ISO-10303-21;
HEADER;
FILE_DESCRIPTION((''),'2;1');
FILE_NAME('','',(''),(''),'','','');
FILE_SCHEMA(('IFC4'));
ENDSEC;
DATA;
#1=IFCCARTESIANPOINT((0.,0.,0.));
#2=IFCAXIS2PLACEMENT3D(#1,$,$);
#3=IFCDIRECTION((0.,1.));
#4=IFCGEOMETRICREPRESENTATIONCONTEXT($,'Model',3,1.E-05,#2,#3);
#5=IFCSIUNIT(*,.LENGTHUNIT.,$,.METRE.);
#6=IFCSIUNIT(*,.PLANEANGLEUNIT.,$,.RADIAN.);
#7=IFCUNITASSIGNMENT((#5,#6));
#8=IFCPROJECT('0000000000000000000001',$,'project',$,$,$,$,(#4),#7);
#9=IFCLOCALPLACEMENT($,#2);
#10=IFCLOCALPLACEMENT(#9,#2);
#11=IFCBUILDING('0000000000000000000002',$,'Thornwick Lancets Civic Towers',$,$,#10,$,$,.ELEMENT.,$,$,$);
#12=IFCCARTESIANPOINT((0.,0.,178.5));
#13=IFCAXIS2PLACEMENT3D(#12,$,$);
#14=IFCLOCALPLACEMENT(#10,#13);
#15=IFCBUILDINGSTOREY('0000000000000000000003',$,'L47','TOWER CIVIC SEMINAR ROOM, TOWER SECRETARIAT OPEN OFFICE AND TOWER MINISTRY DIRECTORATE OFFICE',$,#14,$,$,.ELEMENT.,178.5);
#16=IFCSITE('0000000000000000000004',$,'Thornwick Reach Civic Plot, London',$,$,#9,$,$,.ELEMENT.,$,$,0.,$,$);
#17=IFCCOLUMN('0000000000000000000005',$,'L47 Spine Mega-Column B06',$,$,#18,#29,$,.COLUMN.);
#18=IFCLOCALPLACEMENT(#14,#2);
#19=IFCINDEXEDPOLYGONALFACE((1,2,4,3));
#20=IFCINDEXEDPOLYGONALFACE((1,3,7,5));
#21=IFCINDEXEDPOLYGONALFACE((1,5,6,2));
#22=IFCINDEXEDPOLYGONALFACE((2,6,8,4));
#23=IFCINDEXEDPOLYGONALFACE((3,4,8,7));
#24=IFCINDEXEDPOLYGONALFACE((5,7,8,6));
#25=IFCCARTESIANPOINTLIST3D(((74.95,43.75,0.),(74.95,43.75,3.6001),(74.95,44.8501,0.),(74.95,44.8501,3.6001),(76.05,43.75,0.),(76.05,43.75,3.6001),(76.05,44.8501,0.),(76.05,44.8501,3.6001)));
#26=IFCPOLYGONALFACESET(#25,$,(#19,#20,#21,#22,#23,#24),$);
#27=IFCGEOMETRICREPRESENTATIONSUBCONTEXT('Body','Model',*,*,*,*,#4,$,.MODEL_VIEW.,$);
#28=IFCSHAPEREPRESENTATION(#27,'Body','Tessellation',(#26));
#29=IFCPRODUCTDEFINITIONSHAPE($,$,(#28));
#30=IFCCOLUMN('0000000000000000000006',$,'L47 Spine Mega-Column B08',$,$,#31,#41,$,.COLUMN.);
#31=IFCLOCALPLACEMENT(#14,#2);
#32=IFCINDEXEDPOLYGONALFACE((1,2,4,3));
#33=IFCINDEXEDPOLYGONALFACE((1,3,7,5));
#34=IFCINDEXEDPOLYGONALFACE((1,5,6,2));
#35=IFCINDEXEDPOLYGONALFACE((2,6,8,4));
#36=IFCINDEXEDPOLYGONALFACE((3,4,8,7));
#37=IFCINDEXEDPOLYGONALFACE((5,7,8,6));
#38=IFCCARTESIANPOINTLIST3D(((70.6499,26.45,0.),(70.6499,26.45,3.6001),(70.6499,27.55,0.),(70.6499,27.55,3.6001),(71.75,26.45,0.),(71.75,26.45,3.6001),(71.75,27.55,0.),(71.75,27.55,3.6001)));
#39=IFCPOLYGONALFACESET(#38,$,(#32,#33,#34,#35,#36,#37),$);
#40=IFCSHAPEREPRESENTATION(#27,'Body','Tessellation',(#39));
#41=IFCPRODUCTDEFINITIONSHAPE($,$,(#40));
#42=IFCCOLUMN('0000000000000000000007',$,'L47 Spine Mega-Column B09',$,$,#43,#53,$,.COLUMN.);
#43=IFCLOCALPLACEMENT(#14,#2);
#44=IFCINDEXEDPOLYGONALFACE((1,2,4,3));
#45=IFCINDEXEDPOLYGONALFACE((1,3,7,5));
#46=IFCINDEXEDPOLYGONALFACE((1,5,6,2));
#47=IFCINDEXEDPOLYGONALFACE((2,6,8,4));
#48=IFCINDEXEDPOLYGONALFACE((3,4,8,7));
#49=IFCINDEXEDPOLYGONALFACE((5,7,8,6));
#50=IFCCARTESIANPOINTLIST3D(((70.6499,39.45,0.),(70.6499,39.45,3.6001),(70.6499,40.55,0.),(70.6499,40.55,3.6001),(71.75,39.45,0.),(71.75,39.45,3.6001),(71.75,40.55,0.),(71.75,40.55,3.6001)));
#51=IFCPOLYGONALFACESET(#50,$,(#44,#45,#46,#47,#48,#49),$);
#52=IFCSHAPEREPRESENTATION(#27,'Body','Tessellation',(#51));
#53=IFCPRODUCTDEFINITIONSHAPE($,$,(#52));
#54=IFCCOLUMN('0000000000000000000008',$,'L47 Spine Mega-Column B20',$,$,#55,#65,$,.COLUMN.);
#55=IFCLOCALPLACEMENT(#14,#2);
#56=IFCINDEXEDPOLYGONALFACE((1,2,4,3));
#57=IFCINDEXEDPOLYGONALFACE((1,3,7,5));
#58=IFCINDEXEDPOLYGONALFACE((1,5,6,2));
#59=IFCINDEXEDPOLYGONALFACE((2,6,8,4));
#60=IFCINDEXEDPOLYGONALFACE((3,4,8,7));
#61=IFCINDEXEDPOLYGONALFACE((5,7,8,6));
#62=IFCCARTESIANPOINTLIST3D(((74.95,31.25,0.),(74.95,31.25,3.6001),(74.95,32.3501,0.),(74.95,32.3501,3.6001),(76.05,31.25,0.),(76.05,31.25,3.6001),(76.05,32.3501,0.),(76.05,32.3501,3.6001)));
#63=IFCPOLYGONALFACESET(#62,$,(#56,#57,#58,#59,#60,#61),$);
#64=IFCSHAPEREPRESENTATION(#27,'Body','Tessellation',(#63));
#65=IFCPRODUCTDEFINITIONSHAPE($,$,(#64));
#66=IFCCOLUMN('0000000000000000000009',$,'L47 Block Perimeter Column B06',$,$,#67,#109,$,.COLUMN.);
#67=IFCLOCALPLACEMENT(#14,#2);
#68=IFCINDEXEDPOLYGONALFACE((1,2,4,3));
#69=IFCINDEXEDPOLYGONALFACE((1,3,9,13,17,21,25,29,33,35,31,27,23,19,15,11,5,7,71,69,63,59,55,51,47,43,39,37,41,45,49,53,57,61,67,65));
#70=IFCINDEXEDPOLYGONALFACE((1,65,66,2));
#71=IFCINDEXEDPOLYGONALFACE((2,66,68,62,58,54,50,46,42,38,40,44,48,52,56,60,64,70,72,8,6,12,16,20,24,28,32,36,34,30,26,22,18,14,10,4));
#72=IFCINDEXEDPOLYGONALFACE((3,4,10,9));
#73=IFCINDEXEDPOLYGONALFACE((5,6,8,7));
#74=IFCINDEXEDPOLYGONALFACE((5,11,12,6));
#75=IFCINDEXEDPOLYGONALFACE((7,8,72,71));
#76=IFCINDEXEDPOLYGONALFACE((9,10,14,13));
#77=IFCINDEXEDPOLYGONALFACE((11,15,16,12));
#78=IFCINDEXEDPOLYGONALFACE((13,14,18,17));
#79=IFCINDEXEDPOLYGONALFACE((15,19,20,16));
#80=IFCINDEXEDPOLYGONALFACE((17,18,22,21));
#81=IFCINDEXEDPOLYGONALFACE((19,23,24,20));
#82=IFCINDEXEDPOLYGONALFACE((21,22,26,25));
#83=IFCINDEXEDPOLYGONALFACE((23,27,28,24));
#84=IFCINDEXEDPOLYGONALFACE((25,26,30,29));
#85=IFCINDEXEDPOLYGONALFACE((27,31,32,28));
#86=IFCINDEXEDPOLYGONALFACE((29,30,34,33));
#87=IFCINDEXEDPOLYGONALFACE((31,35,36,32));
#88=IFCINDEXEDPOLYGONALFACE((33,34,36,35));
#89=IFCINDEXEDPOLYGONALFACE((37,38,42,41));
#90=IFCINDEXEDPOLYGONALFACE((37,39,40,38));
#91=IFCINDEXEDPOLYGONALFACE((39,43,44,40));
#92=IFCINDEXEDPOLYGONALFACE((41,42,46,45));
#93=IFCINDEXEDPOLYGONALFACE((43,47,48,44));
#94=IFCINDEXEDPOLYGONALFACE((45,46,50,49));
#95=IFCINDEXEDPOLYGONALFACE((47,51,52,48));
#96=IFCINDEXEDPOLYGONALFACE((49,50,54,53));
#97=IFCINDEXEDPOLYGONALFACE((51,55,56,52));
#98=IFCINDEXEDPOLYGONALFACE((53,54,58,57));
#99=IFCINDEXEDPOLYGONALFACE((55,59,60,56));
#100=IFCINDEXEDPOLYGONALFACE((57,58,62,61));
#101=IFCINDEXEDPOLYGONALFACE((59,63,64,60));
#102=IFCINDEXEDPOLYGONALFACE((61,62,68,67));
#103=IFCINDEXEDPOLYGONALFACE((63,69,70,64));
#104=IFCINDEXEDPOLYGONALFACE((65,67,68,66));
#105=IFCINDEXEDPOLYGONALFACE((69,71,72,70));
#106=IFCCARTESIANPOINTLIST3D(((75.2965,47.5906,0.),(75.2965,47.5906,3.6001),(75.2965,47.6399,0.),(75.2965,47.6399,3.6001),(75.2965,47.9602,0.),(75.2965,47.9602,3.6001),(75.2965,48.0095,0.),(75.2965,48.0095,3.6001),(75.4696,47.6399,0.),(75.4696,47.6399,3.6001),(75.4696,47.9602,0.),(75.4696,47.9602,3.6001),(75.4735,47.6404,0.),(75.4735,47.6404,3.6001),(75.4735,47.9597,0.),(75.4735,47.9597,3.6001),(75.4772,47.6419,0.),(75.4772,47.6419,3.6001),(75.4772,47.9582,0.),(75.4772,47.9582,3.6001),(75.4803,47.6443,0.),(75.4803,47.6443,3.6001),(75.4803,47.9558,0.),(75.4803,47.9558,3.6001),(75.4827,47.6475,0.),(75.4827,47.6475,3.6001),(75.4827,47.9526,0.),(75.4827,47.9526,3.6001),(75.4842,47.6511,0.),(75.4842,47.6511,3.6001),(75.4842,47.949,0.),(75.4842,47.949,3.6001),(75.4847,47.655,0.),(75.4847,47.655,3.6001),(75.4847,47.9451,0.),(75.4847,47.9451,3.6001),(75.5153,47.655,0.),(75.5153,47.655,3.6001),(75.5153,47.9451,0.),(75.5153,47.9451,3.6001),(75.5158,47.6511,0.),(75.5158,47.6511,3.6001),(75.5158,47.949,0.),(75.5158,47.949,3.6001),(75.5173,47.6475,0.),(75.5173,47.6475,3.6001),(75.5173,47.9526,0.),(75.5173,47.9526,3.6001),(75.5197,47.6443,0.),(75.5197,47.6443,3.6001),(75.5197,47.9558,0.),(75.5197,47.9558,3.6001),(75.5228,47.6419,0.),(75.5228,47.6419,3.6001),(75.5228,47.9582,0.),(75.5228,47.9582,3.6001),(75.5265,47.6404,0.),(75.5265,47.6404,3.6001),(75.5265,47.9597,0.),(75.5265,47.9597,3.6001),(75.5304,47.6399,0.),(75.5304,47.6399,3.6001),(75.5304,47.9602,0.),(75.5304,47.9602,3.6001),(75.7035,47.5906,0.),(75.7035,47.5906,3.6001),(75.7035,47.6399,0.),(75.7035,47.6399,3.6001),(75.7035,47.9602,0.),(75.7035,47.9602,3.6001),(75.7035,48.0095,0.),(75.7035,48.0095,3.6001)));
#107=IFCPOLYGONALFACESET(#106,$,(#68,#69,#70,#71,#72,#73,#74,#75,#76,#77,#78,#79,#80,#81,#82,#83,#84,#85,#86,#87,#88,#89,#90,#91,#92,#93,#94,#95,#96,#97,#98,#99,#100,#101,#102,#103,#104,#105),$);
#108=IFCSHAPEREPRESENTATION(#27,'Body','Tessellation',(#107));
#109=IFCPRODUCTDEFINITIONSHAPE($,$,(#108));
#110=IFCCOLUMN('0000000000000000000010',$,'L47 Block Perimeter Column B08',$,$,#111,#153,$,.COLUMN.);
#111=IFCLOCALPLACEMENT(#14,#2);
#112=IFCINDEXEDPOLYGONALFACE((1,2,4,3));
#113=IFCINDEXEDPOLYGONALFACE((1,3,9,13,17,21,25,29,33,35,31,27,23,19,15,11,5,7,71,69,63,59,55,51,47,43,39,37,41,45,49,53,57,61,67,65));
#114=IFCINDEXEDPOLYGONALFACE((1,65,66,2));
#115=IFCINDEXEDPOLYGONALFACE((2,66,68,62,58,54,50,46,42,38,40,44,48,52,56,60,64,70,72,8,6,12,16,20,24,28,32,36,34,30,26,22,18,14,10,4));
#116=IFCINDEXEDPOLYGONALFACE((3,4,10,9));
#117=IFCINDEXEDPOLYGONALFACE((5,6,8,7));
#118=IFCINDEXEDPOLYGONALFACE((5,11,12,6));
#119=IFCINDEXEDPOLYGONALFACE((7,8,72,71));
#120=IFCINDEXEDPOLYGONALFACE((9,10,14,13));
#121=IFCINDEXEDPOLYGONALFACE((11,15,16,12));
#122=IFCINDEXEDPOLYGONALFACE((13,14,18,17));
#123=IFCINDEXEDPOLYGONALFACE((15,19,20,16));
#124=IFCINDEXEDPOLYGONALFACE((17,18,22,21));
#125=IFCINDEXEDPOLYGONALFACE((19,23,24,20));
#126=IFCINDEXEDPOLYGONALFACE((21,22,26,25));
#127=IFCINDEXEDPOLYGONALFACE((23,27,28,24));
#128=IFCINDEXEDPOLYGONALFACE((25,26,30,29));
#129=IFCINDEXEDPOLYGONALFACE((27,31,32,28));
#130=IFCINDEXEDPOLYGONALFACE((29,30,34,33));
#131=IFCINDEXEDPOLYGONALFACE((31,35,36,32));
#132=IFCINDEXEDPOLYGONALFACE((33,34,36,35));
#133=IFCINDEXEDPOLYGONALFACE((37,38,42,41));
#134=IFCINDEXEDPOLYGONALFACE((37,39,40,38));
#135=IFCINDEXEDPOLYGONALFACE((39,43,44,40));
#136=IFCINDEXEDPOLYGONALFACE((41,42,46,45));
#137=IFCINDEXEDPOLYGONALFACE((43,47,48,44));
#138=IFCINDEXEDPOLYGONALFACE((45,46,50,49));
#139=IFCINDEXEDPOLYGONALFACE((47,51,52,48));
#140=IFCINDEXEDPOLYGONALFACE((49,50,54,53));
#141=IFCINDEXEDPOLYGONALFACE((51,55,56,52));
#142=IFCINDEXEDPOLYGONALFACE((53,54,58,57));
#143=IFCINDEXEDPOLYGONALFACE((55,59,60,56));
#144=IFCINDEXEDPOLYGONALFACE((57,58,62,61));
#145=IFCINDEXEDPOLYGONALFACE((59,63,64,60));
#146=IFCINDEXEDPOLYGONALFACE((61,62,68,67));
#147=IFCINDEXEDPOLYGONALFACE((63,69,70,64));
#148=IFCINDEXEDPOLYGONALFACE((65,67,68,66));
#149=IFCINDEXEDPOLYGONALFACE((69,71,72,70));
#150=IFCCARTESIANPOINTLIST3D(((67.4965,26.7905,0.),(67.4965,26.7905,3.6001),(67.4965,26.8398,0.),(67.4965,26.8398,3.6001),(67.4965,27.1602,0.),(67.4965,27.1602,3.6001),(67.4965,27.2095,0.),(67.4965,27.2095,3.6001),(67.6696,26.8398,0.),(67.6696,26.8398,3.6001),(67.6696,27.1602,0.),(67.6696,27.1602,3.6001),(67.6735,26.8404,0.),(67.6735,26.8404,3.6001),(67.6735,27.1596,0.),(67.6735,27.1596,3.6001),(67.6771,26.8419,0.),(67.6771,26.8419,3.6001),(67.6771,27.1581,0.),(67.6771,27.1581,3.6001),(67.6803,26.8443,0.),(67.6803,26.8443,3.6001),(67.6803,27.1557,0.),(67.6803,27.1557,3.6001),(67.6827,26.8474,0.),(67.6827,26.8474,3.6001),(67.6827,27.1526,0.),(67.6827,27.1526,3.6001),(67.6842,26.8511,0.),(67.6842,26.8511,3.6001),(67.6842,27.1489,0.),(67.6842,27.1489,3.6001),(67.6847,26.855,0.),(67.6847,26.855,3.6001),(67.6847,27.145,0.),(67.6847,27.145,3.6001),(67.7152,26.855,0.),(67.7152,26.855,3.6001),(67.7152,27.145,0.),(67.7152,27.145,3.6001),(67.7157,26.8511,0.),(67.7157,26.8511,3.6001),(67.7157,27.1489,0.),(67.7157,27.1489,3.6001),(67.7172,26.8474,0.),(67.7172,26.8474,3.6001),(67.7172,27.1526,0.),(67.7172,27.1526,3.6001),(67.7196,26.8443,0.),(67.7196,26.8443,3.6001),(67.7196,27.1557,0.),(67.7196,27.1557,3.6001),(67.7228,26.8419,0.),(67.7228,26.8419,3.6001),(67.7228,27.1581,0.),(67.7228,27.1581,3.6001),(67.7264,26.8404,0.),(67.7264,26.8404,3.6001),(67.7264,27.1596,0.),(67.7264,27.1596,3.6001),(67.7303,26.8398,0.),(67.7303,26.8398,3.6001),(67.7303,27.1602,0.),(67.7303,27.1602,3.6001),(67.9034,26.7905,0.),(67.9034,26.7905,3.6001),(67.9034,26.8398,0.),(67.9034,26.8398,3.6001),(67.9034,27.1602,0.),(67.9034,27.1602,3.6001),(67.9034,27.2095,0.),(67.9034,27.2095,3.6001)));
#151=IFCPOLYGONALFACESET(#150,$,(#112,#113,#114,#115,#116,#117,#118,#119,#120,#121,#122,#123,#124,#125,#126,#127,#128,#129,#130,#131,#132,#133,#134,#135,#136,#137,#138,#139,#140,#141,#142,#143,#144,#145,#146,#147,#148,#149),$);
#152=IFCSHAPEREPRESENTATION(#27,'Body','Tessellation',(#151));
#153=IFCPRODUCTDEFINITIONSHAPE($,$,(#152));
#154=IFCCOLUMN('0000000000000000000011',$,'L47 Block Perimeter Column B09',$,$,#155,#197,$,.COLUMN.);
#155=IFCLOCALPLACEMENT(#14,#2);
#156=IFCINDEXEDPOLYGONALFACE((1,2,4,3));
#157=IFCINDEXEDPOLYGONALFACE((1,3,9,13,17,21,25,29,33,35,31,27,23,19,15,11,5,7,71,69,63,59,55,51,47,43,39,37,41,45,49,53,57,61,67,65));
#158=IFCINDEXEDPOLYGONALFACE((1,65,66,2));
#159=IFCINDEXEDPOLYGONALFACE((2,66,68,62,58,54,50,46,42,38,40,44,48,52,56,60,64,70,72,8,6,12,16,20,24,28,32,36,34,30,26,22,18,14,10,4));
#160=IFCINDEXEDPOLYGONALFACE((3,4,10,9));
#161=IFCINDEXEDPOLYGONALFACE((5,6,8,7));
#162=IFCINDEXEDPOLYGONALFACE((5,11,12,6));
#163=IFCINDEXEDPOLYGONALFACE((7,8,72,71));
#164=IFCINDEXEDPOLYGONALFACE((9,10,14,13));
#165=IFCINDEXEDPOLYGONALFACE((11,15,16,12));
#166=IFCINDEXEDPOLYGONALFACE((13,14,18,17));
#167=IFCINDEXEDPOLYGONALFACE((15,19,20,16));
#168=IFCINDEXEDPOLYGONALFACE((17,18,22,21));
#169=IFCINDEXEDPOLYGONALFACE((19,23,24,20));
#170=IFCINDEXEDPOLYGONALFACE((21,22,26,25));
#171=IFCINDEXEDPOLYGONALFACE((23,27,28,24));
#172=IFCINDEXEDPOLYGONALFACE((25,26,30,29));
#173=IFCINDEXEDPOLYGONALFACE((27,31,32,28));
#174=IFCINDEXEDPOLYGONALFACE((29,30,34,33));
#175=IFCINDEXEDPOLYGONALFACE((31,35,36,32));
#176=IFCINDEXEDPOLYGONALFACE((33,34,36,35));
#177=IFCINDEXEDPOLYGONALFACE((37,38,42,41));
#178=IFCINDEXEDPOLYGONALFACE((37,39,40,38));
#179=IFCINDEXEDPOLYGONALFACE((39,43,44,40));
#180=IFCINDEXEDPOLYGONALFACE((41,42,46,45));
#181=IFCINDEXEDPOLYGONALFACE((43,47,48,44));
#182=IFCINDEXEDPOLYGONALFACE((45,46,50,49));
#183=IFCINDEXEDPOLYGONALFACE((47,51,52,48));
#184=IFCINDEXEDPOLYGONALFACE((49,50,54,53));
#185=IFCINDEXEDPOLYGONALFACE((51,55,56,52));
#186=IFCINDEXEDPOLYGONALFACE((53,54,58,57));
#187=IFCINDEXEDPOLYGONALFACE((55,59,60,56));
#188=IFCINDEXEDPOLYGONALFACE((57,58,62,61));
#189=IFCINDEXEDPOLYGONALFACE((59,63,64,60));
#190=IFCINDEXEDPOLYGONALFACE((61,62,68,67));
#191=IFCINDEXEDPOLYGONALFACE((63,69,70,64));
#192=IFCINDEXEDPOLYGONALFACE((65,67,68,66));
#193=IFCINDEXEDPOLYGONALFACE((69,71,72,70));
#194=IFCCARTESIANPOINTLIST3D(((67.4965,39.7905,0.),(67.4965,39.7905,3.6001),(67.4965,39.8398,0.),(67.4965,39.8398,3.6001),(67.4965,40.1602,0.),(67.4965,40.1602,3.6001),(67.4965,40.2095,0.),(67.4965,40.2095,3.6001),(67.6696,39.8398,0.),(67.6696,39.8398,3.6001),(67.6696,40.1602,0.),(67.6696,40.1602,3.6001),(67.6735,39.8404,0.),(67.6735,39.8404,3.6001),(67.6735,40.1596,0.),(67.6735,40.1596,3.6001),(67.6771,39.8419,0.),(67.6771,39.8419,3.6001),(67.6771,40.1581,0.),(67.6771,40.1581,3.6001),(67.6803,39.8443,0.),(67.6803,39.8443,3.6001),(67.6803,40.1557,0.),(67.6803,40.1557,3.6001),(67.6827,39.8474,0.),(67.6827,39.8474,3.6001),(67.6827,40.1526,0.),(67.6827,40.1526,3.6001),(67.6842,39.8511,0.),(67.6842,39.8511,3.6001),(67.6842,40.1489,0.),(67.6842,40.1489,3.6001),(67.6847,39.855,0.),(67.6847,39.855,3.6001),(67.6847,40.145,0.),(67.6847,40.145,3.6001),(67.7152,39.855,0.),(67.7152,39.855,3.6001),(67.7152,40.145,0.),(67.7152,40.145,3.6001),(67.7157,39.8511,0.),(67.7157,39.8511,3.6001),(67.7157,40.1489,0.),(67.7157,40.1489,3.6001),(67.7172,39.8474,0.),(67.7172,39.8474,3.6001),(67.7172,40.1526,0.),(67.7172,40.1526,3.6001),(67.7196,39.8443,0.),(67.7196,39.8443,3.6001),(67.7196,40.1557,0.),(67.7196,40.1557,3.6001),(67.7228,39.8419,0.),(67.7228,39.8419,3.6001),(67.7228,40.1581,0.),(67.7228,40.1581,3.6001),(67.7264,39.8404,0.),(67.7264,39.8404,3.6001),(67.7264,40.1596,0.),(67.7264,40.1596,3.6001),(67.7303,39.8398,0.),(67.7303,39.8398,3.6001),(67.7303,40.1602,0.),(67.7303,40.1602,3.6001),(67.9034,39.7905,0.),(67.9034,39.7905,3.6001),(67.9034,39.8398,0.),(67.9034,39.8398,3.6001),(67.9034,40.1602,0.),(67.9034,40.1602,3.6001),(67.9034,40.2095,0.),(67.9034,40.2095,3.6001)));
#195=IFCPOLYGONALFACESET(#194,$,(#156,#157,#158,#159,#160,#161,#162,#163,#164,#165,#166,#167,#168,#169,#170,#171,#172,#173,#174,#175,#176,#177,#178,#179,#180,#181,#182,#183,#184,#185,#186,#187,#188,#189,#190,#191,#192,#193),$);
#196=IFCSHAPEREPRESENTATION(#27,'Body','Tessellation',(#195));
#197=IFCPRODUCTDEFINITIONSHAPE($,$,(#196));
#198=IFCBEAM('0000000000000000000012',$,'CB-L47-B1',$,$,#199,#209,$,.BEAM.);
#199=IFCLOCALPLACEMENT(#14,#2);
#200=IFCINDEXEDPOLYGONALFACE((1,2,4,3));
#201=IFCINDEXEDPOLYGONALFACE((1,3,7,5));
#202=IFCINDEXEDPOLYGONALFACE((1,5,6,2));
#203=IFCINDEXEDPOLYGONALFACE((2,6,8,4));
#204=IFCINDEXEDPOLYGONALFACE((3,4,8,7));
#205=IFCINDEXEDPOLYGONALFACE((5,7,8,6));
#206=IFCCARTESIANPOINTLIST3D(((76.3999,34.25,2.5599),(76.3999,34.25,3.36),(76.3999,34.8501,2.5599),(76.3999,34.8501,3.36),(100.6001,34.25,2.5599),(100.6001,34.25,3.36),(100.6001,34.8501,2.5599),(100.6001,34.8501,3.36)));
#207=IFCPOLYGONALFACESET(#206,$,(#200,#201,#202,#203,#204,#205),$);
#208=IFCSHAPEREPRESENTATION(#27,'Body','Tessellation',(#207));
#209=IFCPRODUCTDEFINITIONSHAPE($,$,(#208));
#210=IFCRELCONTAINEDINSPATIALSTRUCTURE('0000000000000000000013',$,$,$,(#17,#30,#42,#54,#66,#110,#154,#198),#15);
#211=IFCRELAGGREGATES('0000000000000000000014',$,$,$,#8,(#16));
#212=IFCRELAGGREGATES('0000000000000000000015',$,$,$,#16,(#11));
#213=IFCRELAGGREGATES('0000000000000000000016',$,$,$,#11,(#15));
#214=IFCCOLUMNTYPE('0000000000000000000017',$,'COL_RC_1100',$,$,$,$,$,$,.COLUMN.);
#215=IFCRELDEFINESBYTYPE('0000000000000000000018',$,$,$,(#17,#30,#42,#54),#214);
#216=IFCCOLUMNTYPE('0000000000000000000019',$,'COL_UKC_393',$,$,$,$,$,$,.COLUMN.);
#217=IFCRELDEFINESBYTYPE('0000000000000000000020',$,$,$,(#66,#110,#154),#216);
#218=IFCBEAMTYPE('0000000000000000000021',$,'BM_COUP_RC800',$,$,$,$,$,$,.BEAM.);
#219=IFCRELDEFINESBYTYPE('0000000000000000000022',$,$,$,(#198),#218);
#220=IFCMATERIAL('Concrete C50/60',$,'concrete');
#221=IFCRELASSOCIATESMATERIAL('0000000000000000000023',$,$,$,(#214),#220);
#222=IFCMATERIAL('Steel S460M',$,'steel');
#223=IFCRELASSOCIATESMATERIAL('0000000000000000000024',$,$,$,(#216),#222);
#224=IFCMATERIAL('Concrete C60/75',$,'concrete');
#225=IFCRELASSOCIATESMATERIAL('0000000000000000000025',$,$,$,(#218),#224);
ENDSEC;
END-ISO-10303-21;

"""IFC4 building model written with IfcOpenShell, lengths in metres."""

from ifc_helpers import new_model, si_unit, direction, frame, origin, origin_2d, place, context, subcontext, project, spatial, rectangle, i_section, extrude, material, material_profile, profile_set, type_object, element, save


model = new_model("IFC4")

# Units and contexts
model_context = context("Model", 3, precision=1e-05, world=origin(), true_north=direction((0.0, 1.0)))
body_context = subcontext(model_context, "Body", "Model", "MODEL_VIEW")
ifc_project = project(units=[si_unit("LENGTHUNIT", "METRE"), si_unit("PLANEANGLEUNIT", "RADIAN")], contexts=[model_context])

# Site, building, storey
site_placement = place(None, origin())
site = spatial("IfcSite", under=ifc_project, at=site_placement, Name="Thornwick Reach Civic Plot, London", CompositionType="ELEMENT", RefElevation=0.0)
building_placement = place(site_placement, origin())
building = spatial("IfcBuilding", under=site, at=building_placement, Name="Thornwick Lancets Civic Towers", CompositionType="ELEMENT")
storey_placement = place(building_placement, frame((0.0, 0.0, 178.5)))
storey = spatial("IfcBuildingStorey", under=building, at=storey_placement, Name="L47", Description="TOWER CIVIC SEMINAR ROOM, TOWER SECRETARIAT OPEN OFFICE AND TOWER MINISTRY DIRECTORATE OFFICE", CompositionType="ELEMENT", Elevation=178.5)

# Columns
ifc_material_1 = material(Name="Concrete C50/60", Category="concrete")
ifc_material_profile_1 = material_profile(ifc_material_1, rectangle(XDim=1.1001, YDim=1.1001, at=origin_2d()), Name="RC 1100x1100")
ifc_profile_set_1 = profile_set([ifc_material_profile_1], Name="Concrete C50/60")
column_type_1 = type_object("IfcColumnType", Name="COL_RC_1100", PredefinedType="COLUMN", material=ifc_profile_set_1)
for number, where, z_axis, x_axis, name in (
    (1, (75.5, 44.3, 0.0), (0.0, 0.0, 1.0), (1.0, 0.0, 0.0), "L47 Spine Mega-Column B06"),
    (2, (71.2, 27.0, 0.0), (0.0, 0.0, 1.0), (1.0, 0.0, 0.0), "L47 Spine Mega-Column B08"),
    (3, (71.2, 40.0, 0.0), (0.0, 0.0, 1.0), (1.0, 0.0, 0.0), "L47 Spine Mega-Column B09"),
    (4, (75.5, 31.8, 0.0), (0.0, 0.0, 1.0), (1.0, 0.0, 0.0), "L47 Spine Mega-Column B20"),
):
    element("IfcColumn", number, at=place(storey_placement, frame(where, z_axis=z_axis, x_axis=x_axis)), inside=storey, type_object=column_type_1, Name=name, PredefinedType="COLUMN", context=body_context, shape_type="SweptSolid", body=[
        extrude(rectangle(XDim=1.1001, YDim=1.1001, at=origin_2d()), origin(), (0.0, 0.0, 1.0), 3.6001),
    ])
ifc_material_2 = material(Name="Steel S460M", Category="steel")
ifc_material_profile_2 = material_profile(ifc_material_2, i_section(OverallWidth=0.407, OverallDepth=0.4189, WebThickness=0.0305, FlangeThickness=0.0493, FilletRadius=0.0151, at=origin_2d()), Name="UKC 356x406x393")
ifc_profile_set_2 = profile_set([ifc_material_profile_2], Name="Steel S460M")
column_type_2 = type_object("IfcColumnType", Name="COL_UKC_393", PredefinedType="COLUMN", material=ifc_profile_set_2)
for number, where, z_axis, x_axis, name in (
    (5, (75.5, 47.8, 0.0), (0.0, 0.0, 1.0), (1.0, 0.0, 0.0), "L47 Block Perimeter Column B06"),
    (6, (67.7, 27.0, 0.0), (0.0, 0.0, 1.0), (1.0, 0.0, 0.0), "L47 Block Perimeter Column B08"),
    (7, (67.7, 40.0, 0.0), (0.0, 0.0, 1.0), (1.0, 0.0, 0.0), "L47 Block Perimeter Column B09"),
):
    element("IfcColumn", number, at=place(storey_placement, frame(where, z_axis=z_axis, x_axis=x_axis)), inside=storey, type_object=column_type_2, Name=name, PredefinedType="COLUMN", context=body_context, shape_type="SweptSolid", body=[
        extrude(i_section(OverallWidth=0.407, OverallDepth=0.4189, WebThickness=0.0305, FlangeThickness=0.0493, FilletRadius=0.0151, at=origin_2d()), origin(), (0.0, 0.0, 1.0), 3.6001),
    ])

# Beam
ifc_material_3 = material(Name="Concrete C60/75", Category="concrete")
ifc_material_profile_3 = material_profile(ifc_material_3, rectangle(XDim=0.6001, YDim=0.8, at=origin_2d()), Name="RC 600x800")
ifc_profile_set_3 = profile_set([ifc_material_profile_3], Name="Concrete C60/75")
beam_type_1 = type_object("IfcBeamType", Name="BM_COUP_RC800", PredefinedType="BEAM", material=ifc_profile_set_3)
beam_1_placement = place(storey_placement, frame((76.3999, 34.55, 2.96), z_axis=(1.0, 0.0, 0.0), x_axis=(0.0, 1.0, 0.0)))
element("IfcBeam", 8, at=beam_1_placement, inside=storey, type_object=beam_type_1, Name="CB-L47-B1", PredefinedType="BEAM", context=body_context, shape_type="SweptSolid", body=[
    extrude(rectangle(XDim=0.6001, YDim=0.8, at=origin_2d()), origin(), (0.0, 0.0, 1.0), 24.2002),
])

save(model, "model.ifc")
